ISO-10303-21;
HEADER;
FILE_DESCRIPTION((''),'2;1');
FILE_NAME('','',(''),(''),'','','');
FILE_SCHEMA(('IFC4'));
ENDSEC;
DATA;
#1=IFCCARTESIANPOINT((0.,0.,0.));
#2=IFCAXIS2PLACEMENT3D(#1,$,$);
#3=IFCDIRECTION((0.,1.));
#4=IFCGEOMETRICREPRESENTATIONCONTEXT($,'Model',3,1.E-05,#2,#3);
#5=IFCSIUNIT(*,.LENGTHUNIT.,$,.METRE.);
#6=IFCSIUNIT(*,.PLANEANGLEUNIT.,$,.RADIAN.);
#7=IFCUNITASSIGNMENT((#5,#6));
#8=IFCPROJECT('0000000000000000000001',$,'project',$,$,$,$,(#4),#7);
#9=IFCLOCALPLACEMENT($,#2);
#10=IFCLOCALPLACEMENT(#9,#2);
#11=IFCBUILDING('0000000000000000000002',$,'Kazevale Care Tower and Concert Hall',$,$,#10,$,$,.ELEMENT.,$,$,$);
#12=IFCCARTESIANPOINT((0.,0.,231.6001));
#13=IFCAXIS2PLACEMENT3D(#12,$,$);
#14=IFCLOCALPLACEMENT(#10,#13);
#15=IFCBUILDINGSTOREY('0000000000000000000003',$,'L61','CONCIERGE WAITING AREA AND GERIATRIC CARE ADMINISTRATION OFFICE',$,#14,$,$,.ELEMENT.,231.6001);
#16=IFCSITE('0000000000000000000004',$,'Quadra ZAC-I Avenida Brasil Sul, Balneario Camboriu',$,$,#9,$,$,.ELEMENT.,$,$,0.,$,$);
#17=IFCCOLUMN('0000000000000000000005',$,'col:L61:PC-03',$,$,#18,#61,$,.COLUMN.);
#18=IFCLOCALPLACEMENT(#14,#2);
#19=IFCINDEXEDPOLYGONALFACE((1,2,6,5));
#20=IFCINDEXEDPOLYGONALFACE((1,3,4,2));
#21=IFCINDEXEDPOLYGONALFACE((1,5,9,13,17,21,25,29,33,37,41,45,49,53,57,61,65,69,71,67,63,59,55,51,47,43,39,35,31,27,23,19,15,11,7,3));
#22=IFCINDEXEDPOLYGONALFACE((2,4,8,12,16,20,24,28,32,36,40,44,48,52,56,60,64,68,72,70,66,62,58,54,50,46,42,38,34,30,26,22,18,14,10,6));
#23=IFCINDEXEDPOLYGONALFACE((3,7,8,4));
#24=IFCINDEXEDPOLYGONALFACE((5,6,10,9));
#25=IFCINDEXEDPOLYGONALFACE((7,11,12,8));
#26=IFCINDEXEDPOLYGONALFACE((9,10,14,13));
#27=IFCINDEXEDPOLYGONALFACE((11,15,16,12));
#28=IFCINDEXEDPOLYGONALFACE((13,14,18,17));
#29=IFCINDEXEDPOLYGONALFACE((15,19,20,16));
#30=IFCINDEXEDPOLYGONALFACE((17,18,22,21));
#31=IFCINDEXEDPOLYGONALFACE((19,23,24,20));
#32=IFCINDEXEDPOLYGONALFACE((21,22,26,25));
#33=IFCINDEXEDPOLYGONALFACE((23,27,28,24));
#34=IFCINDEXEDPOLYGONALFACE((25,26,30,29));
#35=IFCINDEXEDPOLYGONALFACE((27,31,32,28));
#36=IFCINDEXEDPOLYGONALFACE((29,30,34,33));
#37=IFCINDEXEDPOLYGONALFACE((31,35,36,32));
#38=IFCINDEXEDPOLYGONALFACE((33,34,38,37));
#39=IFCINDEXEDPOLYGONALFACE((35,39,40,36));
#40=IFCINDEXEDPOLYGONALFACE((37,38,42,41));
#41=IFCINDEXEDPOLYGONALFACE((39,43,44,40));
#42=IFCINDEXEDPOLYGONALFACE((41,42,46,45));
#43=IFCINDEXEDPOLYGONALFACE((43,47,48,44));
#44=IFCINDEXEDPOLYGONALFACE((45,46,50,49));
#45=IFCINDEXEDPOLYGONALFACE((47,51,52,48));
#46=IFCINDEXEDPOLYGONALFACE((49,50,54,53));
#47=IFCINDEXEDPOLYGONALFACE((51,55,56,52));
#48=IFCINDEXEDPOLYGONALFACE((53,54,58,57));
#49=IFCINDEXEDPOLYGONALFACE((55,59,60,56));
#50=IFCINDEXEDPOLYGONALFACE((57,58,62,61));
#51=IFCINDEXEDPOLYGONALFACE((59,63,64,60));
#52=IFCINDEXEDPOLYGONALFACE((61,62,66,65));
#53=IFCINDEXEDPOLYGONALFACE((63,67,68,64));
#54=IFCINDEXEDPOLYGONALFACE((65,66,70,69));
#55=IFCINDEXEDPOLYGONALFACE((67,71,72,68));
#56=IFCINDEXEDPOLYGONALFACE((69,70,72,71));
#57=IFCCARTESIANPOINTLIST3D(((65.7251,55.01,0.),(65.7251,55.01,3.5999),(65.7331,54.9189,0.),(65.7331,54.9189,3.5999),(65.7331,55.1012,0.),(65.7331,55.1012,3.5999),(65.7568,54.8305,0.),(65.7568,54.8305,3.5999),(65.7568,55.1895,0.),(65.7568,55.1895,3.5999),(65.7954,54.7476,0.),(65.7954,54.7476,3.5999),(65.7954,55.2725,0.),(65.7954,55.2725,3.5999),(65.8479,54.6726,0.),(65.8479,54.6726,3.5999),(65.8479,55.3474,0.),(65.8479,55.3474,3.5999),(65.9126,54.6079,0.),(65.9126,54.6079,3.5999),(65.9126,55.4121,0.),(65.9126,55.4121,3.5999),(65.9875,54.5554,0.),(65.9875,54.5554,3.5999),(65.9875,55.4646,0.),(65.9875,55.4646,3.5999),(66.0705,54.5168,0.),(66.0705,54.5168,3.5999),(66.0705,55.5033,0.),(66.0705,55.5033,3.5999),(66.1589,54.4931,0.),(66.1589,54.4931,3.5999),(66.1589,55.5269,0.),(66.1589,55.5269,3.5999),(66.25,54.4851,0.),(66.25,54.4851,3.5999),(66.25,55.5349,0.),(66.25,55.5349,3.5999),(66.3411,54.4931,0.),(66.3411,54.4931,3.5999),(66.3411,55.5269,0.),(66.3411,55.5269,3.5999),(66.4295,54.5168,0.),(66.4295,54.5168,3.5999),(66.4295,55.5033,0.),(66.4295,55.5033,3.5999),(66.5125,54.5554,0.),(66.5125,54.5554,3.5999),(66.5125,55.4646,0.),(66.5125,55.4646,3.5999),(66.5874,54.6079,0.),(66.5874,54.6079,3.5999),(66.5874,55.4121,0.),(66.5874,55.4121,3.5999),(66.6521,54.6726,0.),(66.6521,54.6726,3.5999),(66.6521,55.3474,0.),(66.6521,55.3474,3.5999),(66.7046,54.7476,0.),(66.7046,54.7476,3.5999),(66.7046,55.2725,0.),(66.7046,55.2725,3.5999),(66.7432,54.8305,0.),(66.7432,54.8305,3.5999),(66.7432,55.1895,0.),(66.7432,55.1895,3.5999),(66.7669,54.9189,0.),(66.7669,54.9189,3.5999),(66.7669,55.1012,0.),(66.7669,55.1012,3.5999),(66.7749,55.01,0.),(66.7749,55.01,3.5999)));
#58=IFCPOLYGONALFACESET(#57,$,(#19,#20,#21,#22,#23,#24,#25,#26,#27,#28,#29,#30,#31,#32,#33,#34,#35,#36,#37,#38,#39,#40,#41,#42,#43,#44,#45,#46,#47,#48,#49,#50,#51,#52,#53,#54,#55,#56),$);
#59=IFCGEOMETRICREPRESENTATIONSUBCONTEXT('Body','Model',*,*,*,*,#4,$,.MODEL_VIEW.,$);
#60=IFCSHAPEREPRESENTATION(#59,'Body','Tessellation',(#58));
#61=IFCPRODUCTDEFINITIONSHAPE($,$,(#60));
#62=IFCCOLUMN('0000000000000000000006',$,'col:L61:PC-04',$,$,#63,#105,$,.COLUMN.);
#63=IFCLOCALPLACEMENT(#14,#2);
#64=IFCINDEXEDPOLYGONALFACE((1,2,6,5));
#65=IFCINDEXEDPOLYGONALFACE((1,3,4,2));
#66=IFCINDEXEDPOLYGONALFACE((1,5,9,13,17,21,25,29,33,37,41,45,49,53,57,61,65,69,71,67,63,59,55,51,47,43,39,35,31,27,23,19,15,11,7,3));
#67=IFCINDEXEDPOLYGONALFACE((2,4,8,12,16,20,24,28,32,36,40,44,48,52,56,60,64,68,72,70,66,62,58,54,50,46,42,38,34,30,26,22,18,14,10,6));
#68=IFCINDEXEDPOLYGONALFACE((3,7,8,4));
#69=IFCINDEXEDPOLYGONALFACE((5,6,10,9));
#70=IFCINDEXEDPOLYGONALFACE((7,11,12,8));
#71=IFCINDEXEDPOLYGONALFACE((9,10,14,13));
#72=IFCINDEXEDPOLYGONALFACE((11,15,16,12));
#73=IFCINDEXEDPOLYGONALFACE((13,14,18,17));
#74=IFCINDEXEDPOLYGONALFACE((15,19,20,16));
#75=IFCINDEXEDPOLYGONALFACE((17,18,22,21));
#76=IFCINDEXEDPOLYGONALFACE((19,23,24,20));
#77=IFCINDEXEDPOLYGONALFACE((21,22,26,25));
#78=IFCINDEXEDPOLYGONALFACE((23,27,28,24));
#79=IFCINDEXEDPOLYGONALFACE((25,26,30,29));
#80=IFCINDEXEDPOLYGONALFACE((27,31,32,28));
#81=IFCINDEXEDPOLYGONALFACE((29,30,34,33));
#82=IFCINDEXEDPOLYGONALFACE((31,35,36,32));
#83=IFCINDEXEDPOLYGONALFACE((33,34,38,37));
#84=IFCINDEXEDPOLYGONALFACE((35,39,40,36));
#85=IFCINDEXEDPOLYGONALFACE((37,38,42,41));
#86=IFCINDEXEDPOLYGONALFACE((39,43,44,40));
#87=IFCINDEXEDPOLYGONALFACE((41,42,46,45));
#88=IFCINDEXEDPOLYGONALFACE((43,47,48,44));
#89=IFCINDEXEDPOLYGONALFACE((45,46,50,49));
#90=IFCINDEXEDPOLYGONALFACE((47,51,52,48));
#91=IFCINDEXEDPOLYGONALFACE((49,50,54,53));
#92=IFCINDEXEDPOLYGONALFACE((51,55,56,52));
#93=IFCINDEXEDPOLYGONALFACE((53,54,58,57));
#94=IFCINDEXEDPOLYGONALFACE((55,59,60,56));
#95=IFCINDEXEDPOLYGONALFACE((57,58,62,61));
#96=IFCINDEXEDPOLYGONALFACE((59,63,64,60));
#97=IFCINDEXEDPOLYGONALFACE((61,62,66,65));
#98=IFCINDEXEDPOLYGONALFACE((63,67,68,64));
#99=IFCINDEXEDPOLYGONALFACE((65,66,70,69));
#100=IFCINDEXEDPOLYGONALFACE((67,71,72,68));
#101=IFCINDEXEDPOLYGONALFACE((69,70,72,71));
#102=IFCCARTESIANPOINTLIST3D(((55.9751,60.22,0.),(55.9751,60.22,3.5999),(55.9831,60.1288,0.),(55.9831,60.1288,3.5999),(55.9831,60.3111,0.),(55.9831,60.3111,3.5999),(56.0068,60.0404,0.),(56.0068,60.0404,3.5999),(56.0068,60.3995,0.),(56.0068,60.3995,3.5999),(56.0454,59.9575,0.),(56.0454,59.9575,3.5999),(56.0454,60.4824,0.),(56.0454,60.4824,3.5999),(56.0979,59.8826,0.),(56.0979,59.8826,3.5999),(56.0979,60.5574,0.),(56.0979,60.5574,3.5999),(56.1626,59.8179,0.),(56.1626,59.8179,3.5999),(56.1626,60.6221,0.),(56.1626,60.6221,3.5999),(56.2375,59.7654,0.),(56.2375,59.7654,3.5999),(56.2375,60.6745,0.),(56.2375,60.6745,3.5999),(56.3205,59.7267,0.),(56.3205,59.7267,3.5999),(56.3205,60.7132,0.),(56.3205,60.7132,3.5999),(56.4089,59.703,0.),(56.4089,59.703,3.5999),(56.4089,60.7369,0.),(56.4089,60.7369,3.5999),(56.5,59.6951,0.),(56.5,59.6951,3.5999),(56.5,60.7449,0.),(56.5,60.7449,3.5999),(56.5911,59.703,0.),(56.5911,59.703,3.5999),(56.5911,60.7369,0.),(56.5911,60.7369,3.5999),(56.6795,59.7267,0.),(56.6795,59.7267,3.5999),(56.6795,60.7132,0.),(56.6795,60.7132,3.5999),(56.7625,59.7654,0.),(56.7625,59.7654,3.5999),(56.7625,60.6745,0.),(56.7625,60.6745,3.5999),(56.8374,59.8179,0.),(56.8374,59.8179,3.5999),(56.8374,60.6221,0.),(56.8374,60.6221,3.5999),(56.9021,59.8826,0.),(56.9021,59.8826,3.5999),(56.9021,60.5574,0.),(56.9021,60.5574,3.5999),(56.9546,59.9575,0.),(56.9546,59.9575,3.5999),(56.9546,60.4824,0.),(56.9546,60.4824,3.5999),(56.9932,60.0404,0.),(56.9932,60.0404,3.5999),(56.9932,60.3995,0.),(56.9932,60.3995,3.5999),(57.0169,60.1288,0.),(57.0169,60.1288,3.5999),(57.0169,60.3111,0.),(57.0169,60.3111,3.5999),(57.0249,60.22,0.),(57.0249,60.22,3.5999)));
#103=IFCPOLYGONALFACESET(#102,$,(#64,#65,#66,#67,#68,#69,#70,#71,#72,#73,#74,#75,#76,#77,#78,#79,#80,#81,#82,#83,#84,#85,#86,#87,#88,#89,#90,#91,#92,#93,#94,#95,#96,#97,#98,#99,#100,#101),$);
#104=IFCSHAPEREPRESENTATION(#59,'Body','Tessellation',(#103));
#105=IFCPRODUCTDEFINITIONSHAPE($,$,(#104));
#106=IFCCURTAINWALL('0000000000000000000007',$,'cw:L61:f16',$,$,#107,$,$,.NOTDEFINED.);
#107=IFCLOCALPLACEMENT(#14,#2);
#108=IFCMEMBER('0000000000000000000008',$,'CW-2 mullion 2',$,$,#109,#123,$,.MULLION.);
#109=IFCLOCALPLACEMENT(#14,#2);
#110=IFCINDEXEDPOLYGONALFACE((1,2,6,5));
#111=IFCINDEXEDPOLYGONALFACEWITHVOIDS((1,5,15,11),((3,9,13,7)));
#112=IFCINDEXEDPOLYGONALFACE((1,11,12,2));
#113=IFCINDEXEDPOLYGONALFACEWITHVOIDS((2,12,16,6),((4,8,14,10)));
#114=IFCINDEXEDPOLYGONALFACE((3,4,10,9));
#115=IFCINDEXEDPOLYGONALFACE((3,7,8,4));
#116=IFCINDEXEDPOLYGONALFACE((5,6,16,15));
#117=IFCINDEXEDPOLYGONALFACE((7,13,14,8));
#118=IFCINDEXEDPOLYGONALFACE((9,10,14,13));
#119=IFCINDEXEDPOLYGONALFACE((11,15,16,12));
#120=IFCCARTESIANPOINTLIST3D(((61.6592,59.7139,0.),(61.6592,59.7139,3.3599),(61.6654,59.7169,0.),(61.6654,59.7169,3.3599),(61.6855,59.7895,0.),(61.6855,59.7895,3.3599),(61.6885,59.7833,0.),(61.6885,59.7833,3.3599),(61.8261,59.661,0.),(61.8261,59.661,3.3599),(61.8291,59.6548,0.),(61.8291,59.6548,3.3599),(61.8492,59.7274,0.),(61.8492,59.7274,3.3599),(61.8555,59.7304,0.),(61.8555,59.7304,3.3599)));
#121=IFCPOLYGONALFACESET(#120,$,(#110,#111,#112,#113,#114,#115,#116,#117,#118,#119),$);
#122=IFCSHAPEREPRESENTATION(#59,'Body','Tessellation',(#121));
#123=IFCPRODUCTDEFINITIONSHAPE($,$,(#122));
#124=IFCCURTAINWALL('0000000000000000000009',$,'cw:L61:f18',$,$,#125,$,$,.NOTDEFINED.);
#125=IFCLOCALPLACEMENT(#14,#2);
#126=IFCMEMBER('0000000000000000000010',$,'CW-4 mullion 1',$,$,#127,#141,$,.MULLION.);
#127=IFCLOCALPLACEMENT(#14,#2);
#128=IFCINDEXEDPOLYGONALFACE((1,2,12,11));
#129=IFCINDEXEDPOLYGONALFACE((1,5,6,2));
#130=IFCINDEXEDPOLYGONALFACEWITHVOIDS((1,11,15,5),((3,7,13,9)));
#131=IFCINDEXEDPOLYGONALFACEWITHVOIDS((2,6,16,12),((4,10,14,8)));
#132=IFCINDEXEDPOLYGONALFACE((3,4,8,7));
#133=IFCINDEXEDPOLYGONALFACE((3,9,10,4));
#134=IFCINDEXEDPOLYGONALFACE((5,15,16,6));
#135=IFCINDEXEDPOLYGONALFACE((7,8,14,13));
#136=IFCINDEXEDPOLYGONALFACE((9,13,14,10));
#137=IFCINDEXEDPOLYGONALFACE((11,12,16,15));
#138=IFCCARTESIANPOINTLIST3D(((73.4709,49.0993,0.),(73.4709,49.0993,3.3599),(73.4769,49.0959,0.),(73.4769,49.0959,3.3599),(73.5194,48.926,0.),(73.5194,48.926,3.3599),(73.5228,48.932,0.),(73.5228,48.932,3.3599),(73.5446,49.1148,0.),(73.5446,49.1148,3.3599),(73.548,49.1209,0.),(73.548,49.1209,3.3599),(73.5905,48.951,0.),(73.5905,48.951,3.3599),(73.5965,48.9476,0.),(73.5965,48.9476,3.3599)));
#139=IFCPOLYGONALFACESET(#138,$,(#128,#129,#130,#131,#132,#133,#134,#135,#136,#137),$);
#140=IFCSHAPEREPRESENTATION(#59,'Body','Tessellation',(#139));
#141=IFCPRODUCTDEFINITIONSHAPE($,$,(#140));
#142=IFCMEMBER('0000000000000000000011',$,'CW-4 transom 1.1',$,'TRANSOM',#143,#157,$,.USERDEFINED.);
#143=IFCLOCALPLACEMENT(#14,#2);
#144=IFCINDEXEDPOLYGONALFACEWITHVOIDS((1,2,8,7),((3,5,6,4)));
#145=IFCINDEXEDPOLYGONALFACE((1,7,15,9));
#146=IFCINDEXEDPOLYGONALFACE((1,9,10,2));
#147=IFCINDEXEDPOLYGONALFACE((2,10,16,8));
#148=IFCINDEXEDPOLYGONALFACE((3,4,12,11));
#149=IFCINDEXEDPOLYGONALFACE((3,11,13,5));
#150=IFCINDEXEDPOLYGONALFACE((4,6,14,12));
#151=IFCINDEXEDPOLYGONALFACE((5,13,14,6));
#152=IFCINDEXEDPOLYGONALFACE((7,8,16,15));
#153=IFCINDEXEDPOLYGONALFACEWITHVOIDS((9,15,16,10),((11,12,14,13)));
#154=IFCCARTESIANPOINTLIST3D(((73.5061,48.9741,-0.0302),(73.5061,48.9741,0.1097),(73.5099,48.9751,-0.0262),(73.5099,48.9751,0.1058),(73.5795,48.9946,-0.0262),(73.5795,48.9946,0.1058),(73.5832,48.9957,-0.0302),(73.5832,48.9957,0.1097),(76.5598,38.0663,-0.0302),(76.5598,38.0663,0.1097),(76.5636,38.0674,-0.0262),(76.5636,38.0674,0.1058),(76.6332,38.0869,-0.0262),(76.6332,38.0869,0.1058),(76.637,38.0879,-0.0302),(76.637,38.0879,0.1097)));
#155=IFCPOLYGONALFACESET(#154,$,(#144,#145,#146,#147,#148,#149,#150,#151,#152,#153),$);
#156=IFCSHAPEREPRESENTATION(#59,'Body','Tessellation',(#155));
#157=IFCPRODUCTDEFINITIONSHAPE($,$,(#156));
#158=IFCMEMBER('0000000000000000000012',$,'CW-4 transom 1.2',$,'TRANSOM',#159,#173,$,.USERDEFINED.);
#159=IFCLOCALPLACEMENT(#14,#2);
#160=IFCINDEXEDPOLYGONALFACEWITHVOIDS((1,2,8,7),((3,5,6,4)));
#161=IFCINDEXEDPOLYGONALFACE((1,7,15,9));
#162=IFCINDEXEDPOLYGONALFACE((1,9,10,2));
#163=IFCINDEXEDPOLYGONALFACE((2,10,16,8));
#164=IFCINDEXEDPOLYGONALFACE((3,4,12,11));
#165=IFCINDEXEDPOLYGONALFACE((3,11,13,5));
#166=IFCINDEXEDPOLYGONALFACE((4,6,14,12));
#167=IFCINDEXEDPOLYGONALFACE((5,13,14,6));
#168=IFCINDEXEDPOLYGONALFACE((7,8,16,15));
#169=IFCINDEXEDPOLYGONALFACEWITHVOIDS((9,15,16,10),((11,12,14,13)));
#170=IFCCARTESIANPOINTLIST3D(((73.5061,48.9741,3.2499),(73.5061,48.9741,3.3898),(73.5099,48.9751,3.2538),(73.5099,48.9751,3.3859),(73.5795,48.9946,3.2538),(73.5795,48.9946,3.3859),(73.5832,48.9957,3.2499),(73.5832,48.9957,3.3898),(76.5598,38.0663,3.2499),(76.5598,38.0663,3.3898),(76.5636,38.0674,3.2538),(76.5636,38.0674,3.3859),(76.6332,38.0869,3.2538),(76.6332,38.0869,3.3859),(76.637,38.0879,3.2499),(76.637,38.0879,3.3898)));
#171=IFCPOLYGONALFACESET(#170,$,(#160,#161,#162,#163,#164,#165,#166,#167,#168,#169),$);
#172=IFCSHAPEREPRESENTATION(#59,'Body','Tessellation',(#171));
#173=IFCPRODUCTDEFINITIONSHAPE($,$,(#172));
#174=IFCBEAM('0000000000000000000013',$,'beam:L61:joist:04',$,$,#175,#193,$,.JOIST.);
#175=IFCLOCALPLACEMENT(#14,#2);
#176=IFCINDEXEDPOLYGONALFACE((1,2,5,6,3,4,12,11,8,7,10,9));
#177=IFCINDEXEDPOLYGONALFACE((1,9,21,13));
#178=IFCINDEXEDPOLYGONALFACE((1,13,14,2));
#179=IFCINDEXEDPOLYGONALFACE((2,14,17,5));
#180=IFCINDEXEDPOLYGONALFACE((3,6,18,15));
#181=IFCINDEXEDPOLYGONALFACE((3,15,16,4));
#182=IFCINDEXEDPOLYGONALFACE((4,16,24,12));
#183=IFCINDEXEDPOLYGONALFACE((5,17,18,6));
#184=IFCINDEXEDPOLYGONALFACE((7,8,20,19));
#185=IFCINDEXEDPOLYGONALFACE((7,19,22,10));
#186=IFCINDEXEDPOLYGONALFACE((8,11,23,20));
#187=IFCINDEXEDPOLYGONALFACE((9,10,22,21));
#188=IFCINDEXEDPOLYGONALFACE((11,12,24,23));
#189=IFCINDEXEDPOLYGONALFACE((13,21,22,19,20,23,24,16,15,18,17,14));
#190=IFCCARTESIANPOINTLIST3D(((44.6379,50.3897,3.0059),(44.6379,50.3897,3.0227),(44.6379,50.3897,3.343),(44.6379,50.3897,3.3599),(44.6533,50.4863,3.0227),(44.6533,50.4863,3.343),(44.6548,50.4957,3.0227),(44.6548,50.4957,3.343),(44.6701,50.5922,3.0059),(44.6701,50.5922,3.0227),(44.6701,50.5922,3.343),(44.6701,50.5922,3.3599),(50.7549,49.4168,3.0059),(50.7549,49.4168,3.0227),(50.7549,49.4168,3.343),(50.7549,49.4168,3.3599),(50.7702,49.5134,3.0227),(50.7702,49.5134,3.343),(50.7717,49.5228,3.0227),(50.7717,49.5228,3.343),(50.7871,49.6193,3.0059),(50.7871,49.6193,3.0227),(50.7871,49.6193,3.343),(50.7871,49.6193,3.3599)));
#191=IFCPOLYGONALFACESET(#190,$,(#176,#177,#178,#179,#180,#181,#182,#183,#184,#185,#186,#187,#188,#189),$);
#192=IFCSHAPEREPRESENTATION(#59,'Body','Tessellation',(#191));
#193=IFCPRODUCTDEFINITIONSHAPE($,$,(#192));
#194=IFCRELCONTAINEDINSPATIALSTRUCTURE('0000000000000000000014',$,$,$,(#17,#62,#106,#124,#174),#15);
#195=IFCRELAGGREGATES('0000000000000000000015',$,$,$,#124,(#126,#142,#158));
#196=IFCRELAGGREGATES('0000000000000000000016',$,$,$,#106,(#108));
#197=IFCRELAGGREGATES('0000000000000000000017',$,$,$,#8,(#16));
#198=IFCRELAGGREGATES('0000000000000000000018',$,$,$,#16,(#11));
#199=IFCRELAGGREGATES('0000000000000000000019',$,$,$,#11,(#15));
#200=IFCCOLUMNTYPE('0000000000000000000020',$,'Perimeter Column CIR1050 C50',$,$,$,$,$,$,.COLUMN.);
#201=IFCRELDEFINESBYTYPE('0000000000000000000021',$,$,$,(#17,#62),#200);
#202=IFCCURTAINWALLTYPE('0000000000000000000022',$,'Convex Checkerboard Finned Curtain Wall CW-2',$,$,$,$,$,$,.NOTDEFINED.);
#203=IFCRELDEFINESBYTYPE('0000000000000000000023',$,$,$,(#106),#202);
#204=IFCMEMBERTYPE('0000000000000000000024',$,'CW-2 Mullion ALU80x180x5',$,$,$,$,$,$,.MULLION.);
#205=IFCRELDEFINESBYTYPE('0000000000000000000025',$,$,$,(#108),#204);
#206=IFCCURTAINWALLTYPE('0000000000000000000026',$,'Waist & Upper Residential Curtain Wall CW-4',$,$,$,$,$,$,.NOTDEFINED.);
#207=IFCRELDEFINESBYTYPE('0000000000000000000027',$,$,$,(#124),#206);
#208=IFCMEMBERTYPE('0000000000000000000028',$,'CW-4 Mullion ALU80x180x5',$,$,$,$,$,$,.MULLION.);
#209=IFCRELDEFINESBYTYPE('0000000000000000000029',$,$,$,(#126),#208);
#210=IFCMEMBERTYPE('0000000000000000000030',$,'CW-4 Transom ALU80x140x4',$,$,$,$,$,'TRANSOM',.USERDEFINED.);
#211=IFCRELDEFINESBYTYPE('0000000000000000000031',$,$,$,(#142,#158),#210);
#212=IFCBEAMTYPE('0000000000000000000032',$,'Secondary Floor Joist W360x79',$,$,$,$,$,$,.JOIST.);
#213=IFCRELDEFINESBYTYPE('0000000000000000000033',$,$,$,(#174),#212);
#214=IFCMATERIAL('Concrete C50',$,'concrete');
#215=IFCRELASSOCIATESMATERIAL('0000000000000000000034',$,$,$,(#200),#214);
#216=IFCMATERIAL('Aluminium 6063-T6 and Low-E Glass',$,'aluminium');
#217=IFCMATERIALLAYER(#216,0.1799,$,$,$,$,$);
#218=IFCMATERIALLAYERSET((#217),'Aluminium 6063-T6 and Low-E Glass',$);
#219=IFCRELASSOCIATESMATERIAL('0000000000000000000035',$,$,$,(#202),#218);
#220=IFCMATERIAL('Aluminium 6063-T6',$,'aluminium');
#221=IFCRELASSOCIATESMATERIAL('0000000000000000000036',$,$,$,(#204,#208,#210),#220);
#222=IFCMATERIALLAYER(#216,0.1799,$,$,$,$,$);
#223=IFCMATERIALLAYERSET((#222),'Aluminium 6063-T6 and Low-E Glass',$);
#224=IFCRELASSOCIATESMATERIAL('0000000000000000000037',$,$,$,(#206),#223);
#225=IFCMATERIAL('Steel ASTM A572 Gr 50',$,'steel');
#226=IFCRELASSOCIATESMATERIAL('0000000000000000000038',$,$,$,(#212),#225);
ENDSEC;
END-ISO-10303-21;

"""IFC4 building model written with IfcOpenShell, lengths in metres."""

from ifc_helpers import new_model, si_unit, direction, frame, origin, origin_2d, place, context, subcontext, project, spatial, hollow_rectangle, circle, i_section, extrude, material, layer, layer_set, material_profile, profile_set, type_object, element, aggregate, save


model = new_model("IFC4")

# Units and contexts
model_context = context("Model", 3, precision=1e-05, world=origin(), true_north=direction((0.0, 1.0)))
body_context = subcontext(model_context, "Body", "Model", "MODEL_VIEW")
ifc_project = project(units=[si_unit("LENGTHUNIT", "METRE"), si_unit("PLANEANGLEUNIT", "RADIAN")], contexts=[model_context])

# Site, building, storey
site_placement = place(None, origin())
site = spatial("IfcSite", under=ifc_project, at=site_placement, Name="Quadra ZAC-I Avenida Brasil Sul, Balneario Camboriu", CompositionType="ELEMENT", RefElevation=0.0)
building_placement = place(site_placement, origin())
building = spatial("IfcBuilding", under=site, at=building_placement, Name="Kazevale Care Tower and Concert Hall", CompositionType="ELEMENT")
storey_placement = place(building_placement, frame((0.0, 0.0, 231.6001)))
storey = spatial("IfcBuildingStorey", under=building, at=storey_placement, Name="L61", Description="CONCIERGE WAITING AREA AND GERIATRIC CARE ADMINISTRATION OFFICE", CompositionType="ELEMENT", Elevation=231.6001)

# Columns
ifc_material_1 = material(Name="Concrete C50", Category="concrete")
ifc_material_profile_1 = material_profile(ifc_material_1, circle(Radius=0.5249, at=origin_2d()), Name="RC-CIR1050")
ifc_profile_set_1 = profile_set([ifc_material_profile_1], Name="Concrete C50")
column_type = type_object("IfcColumnType", Name="Perimeter Column CIR1050 C50", PredefinedType="COLUMN", material=ifc_profile_set_1)
for number, where, z_axis, x_axis, name in (
    (1, (66.25, 55.01, 0.0), (0.0, 0.0, 1.0), (1.0, 0.0, 0.0), "col:L61:PC-03"),
    (2, (56.5, 60.22, 0.0), (0.0, 0.0, 1.0), (1.0, 0.0, 0.0), "col:L61:PC-04"),
):
    element("IfcColumn", number, at=place(storey_placement, frame(where, z_axis=z_axis, x_axis=x_axis)), inside=storey, type_object=column_type, Name=name, PredefinedType="COLUMN", context=body_context, shape_type="SweptSolid", body=[
        extrude(circle(Radius=0.5249, at=origin_2d()), origin(), (0.0, 0.0, 1.0), 3.5999),
    ])

# Curtain wall, member
ifc_material_2 = material(Name="Aluminium 6063-T6 and Low-E Glass", Category="aluminium")
ifc_layer_1 = layer(ifc_material_2, 0.1799)
ifc_layer_set_1 = layer_set([ifc_layer_1], Name="Aluminium 6063-T6 and Low-E Glass")
curtain_wall_type_1 = type_object("IfcCurtainWallType", Name="Convex Checkerboard Finned Curtain Wall CW-2", PredefinedType="NOTDEFINED", material=ifc_layer_set_1)
curtain_wall_1_placement = place(storey_placement, origin())
curtain_wall_1 = element("IfcCurtainWall", 3, at=curtain_wall_1_placement, inside=storey, type_object=curtain_wall_type_1, Name="cw:L61:f16", PredefinedType="NOTDEFINED")
ifc_material_3 = material(Name="Aluminium 6063-T6", Category="aluminium")
ifc_material_profile_2 = material_profile(ifc_material_3, hollow_rectangle(XDim=0.0801, YDim=0.1799, WallThickness=0.0049, at=origin_2d()), Name="ALU80x180x5")
ifc_profile_set_2 = profile_set([ifc_material_profile_2], Name="Aluminium 6063-T6")
member_type_1 = type_object("IfcMemberType", Name="CW-2 Mullion ALU80x180x5", PredefinedType="MULLION", material=ifc_profile_set_2)
member_1_placement = place(storey_placement, frame((61.7573, 59.7222, 0.0), z_axis=(0.0, 0.0, 1.0), x_axis=(0.328584, 0.944475, 0.0)))
member_1 = element("IfcMember", 4, at=member_1_placement, type_object=member_type_1, Name="CW-2 mullion 2", PredefinedType="MULLION", context=body_context, shape_type="SweptSolid", body=[
    extrude(hollow_rectangle(XDim=0.0801, YDim=0.1799, WallThickness=0.0049, at=origin_2d()), origin(), (0.0, 0.0, 1.0), 3.3599),
])

# Curtain wall, members
ifc_layer_2 = layer(ifc_material_2, 0.1799)
ifc_layer_set_2 = layer_set([ifc_layer_2], Name="Aluminium 6063-T6 and Low-E Glass")
curtain_wall_type_2 = type_object("IfcCurtainWallType", Name="Waist & Upper Residential Curtain Wall CW-4", PredefinedType="NOTDEFINED", material=ifc_layer_set_2)
curtain_wall_2_placement = place(storey_placement, origin())
curtain_wall_2 = element("IfcCurtainWall", 5, at=curtain_wall_2_placement, inside=storey, type_object=curtain_wall_type_2, Name="cw:L61:f18", PredefinedType="NOTDEFINED")
ifc_material_profile_3 = material_profile(ifc_material_3, hollow_rectangle(XDim=0.0801, YDim=0.1799, WallThickness=0.0049, at=origin_2d()), Name="ALU80x180x5")
ifc_profile_set_3 = profile_set([ifc_material_profile_3], Name="Aluminium 6063-T6")
member_type_2 = type_object("IfcMemberType", Name="CW-4 Mullion ALU80x180x5", PredefinedType="MULLION", material=ifc_profile_set_3)
member_2_placement = place(storey_placement, frame((73.5337, 49.0234, 0.0), z_axis=(0.0, 0.0, 1.0), x_axis=(0.962972, 0.269601, 0.0)))
member_2 = element("IfcMember", 6, at=member_2_placement, type_object=member_type_2, Name="CW-4 mullion 1", PredefinedType="MULLION", context=body_context, shape_type="SweptSolid", body=[
    extrude(hollow_rectangle(XDim=0.0801, YDim=0.1799, WallThickness=0.0049, at=origin_2d()), origin(), (0.0, 0.0, 1.0), 3.3599),
])
ifc_material_profile_4 = material_profile(ifc_material_3, hollow_rectangle(XDim=0.0801, YDim=0.1399, WallThickness=0.0039, at=origin_2d()), Name="ALU80x140x4")
ifc_profile_set_4 = profile_set([ifc_material_profile_4], Name="Aluminium 6063-T6")
member_type_3 = type_object("IfcMemberType", Name="CW-4 Transom ALU80x140x4", ElementType="TRANSOM", PredefinedType="USERDEFINED", material=ifc_profile_set_4)
member_3_placement = place(storey_placement, frame((73.5447, 48.9849, 0.0398), z_axis=(0.269593, -0.962974, 0.0), x_axis=(0.962974, 0.269593, 0.0)))
member_3 = element("IfcMember", 7, at=member_3_placement, type_object=member_type_3, Name="CW-4 transom 1.1", ObjectType="TRANSOM", PredefinedType="USERDEFINED", context=body_context, shape_type="SweptSolid", body=[
    extrude(hollow_rectangle(XDim=0.0801, YDim=0.1399, WallThickness=0.0039, at=origin_2d()), origin(), (0.0, 0.0, 1.0), 11.3271),
])
member_4_placement = place(storey_placement, frame((73.5447, 48.9849, 3.3198), z_axis=(0.269593, -0.962974, 0.0), x_axis=(0.962974, 0.269593, 0.0)))
member_4 = element("IfcMember", 8, at=member_4_placement, type_object=member_type_3, Name="CW-4 transom 1.2", ObjectType="TRANSOM", PredefinedType="USERDEFINED", context=body_context, shape_type="SweptSolid", body=[
    extrude(hollow_rectangle(XDim=0.0801, YDim=0.1399, WallThickness=0.0039, at=origin_2d()), origin(), (0.0, 0.0, 1.0), 11.3271),
])
aggregate(curtain_wall_2, [member_2, member_3, member_4])

# Beam
ifc_material_4 = material(Name="Steel ASTM A572 Gr 50", Category="steel")
ifc_material_profile_5 = material_profile(ifc_material_4, i_section(OverallWidth=0.2051, OverallDepth=0.354, WebThickness=0.0095, FlangeThickness=0.0168, at=origin_2d()), Name="W360x79")
ifc_profile_set_5 = profile_set([ifc_material_profile_5], Name="Steel ASTM A572 Gr 50")
beam_type_1 = type_object("IfcBeamType", Name="Secondary Floor Joist W360x79", PredefinedType="JOIST", material=ifc_profile_set_5)
beam_1_placement = place(storey_placement, frame((50.771, 49.5181, 3.1829), z_axis=(-0.987587, 0.157076, 0.0), x_axis=(-0.157076, -0.987587, 0.0)))
element("IfcBeam", 9, at=beam_1_placement, inside=storey, type_object=beam_type_1, Name="beam:L61:joist:04", PredefinedType="JOIST", context=body_context, shape_type="SweptSolid", body=[
    extrude(i_section(OverallWidth=0.2051, OverallDepth=0.354, WebThickness=0.0095, FlangeThickness=0.0168, at=origin_2d()), origin(), (0.0, 0.0, 1.0), 6.1938),
])

aggregate(curtain_wall_1, [member_1])

save(model, "model.ifc")
